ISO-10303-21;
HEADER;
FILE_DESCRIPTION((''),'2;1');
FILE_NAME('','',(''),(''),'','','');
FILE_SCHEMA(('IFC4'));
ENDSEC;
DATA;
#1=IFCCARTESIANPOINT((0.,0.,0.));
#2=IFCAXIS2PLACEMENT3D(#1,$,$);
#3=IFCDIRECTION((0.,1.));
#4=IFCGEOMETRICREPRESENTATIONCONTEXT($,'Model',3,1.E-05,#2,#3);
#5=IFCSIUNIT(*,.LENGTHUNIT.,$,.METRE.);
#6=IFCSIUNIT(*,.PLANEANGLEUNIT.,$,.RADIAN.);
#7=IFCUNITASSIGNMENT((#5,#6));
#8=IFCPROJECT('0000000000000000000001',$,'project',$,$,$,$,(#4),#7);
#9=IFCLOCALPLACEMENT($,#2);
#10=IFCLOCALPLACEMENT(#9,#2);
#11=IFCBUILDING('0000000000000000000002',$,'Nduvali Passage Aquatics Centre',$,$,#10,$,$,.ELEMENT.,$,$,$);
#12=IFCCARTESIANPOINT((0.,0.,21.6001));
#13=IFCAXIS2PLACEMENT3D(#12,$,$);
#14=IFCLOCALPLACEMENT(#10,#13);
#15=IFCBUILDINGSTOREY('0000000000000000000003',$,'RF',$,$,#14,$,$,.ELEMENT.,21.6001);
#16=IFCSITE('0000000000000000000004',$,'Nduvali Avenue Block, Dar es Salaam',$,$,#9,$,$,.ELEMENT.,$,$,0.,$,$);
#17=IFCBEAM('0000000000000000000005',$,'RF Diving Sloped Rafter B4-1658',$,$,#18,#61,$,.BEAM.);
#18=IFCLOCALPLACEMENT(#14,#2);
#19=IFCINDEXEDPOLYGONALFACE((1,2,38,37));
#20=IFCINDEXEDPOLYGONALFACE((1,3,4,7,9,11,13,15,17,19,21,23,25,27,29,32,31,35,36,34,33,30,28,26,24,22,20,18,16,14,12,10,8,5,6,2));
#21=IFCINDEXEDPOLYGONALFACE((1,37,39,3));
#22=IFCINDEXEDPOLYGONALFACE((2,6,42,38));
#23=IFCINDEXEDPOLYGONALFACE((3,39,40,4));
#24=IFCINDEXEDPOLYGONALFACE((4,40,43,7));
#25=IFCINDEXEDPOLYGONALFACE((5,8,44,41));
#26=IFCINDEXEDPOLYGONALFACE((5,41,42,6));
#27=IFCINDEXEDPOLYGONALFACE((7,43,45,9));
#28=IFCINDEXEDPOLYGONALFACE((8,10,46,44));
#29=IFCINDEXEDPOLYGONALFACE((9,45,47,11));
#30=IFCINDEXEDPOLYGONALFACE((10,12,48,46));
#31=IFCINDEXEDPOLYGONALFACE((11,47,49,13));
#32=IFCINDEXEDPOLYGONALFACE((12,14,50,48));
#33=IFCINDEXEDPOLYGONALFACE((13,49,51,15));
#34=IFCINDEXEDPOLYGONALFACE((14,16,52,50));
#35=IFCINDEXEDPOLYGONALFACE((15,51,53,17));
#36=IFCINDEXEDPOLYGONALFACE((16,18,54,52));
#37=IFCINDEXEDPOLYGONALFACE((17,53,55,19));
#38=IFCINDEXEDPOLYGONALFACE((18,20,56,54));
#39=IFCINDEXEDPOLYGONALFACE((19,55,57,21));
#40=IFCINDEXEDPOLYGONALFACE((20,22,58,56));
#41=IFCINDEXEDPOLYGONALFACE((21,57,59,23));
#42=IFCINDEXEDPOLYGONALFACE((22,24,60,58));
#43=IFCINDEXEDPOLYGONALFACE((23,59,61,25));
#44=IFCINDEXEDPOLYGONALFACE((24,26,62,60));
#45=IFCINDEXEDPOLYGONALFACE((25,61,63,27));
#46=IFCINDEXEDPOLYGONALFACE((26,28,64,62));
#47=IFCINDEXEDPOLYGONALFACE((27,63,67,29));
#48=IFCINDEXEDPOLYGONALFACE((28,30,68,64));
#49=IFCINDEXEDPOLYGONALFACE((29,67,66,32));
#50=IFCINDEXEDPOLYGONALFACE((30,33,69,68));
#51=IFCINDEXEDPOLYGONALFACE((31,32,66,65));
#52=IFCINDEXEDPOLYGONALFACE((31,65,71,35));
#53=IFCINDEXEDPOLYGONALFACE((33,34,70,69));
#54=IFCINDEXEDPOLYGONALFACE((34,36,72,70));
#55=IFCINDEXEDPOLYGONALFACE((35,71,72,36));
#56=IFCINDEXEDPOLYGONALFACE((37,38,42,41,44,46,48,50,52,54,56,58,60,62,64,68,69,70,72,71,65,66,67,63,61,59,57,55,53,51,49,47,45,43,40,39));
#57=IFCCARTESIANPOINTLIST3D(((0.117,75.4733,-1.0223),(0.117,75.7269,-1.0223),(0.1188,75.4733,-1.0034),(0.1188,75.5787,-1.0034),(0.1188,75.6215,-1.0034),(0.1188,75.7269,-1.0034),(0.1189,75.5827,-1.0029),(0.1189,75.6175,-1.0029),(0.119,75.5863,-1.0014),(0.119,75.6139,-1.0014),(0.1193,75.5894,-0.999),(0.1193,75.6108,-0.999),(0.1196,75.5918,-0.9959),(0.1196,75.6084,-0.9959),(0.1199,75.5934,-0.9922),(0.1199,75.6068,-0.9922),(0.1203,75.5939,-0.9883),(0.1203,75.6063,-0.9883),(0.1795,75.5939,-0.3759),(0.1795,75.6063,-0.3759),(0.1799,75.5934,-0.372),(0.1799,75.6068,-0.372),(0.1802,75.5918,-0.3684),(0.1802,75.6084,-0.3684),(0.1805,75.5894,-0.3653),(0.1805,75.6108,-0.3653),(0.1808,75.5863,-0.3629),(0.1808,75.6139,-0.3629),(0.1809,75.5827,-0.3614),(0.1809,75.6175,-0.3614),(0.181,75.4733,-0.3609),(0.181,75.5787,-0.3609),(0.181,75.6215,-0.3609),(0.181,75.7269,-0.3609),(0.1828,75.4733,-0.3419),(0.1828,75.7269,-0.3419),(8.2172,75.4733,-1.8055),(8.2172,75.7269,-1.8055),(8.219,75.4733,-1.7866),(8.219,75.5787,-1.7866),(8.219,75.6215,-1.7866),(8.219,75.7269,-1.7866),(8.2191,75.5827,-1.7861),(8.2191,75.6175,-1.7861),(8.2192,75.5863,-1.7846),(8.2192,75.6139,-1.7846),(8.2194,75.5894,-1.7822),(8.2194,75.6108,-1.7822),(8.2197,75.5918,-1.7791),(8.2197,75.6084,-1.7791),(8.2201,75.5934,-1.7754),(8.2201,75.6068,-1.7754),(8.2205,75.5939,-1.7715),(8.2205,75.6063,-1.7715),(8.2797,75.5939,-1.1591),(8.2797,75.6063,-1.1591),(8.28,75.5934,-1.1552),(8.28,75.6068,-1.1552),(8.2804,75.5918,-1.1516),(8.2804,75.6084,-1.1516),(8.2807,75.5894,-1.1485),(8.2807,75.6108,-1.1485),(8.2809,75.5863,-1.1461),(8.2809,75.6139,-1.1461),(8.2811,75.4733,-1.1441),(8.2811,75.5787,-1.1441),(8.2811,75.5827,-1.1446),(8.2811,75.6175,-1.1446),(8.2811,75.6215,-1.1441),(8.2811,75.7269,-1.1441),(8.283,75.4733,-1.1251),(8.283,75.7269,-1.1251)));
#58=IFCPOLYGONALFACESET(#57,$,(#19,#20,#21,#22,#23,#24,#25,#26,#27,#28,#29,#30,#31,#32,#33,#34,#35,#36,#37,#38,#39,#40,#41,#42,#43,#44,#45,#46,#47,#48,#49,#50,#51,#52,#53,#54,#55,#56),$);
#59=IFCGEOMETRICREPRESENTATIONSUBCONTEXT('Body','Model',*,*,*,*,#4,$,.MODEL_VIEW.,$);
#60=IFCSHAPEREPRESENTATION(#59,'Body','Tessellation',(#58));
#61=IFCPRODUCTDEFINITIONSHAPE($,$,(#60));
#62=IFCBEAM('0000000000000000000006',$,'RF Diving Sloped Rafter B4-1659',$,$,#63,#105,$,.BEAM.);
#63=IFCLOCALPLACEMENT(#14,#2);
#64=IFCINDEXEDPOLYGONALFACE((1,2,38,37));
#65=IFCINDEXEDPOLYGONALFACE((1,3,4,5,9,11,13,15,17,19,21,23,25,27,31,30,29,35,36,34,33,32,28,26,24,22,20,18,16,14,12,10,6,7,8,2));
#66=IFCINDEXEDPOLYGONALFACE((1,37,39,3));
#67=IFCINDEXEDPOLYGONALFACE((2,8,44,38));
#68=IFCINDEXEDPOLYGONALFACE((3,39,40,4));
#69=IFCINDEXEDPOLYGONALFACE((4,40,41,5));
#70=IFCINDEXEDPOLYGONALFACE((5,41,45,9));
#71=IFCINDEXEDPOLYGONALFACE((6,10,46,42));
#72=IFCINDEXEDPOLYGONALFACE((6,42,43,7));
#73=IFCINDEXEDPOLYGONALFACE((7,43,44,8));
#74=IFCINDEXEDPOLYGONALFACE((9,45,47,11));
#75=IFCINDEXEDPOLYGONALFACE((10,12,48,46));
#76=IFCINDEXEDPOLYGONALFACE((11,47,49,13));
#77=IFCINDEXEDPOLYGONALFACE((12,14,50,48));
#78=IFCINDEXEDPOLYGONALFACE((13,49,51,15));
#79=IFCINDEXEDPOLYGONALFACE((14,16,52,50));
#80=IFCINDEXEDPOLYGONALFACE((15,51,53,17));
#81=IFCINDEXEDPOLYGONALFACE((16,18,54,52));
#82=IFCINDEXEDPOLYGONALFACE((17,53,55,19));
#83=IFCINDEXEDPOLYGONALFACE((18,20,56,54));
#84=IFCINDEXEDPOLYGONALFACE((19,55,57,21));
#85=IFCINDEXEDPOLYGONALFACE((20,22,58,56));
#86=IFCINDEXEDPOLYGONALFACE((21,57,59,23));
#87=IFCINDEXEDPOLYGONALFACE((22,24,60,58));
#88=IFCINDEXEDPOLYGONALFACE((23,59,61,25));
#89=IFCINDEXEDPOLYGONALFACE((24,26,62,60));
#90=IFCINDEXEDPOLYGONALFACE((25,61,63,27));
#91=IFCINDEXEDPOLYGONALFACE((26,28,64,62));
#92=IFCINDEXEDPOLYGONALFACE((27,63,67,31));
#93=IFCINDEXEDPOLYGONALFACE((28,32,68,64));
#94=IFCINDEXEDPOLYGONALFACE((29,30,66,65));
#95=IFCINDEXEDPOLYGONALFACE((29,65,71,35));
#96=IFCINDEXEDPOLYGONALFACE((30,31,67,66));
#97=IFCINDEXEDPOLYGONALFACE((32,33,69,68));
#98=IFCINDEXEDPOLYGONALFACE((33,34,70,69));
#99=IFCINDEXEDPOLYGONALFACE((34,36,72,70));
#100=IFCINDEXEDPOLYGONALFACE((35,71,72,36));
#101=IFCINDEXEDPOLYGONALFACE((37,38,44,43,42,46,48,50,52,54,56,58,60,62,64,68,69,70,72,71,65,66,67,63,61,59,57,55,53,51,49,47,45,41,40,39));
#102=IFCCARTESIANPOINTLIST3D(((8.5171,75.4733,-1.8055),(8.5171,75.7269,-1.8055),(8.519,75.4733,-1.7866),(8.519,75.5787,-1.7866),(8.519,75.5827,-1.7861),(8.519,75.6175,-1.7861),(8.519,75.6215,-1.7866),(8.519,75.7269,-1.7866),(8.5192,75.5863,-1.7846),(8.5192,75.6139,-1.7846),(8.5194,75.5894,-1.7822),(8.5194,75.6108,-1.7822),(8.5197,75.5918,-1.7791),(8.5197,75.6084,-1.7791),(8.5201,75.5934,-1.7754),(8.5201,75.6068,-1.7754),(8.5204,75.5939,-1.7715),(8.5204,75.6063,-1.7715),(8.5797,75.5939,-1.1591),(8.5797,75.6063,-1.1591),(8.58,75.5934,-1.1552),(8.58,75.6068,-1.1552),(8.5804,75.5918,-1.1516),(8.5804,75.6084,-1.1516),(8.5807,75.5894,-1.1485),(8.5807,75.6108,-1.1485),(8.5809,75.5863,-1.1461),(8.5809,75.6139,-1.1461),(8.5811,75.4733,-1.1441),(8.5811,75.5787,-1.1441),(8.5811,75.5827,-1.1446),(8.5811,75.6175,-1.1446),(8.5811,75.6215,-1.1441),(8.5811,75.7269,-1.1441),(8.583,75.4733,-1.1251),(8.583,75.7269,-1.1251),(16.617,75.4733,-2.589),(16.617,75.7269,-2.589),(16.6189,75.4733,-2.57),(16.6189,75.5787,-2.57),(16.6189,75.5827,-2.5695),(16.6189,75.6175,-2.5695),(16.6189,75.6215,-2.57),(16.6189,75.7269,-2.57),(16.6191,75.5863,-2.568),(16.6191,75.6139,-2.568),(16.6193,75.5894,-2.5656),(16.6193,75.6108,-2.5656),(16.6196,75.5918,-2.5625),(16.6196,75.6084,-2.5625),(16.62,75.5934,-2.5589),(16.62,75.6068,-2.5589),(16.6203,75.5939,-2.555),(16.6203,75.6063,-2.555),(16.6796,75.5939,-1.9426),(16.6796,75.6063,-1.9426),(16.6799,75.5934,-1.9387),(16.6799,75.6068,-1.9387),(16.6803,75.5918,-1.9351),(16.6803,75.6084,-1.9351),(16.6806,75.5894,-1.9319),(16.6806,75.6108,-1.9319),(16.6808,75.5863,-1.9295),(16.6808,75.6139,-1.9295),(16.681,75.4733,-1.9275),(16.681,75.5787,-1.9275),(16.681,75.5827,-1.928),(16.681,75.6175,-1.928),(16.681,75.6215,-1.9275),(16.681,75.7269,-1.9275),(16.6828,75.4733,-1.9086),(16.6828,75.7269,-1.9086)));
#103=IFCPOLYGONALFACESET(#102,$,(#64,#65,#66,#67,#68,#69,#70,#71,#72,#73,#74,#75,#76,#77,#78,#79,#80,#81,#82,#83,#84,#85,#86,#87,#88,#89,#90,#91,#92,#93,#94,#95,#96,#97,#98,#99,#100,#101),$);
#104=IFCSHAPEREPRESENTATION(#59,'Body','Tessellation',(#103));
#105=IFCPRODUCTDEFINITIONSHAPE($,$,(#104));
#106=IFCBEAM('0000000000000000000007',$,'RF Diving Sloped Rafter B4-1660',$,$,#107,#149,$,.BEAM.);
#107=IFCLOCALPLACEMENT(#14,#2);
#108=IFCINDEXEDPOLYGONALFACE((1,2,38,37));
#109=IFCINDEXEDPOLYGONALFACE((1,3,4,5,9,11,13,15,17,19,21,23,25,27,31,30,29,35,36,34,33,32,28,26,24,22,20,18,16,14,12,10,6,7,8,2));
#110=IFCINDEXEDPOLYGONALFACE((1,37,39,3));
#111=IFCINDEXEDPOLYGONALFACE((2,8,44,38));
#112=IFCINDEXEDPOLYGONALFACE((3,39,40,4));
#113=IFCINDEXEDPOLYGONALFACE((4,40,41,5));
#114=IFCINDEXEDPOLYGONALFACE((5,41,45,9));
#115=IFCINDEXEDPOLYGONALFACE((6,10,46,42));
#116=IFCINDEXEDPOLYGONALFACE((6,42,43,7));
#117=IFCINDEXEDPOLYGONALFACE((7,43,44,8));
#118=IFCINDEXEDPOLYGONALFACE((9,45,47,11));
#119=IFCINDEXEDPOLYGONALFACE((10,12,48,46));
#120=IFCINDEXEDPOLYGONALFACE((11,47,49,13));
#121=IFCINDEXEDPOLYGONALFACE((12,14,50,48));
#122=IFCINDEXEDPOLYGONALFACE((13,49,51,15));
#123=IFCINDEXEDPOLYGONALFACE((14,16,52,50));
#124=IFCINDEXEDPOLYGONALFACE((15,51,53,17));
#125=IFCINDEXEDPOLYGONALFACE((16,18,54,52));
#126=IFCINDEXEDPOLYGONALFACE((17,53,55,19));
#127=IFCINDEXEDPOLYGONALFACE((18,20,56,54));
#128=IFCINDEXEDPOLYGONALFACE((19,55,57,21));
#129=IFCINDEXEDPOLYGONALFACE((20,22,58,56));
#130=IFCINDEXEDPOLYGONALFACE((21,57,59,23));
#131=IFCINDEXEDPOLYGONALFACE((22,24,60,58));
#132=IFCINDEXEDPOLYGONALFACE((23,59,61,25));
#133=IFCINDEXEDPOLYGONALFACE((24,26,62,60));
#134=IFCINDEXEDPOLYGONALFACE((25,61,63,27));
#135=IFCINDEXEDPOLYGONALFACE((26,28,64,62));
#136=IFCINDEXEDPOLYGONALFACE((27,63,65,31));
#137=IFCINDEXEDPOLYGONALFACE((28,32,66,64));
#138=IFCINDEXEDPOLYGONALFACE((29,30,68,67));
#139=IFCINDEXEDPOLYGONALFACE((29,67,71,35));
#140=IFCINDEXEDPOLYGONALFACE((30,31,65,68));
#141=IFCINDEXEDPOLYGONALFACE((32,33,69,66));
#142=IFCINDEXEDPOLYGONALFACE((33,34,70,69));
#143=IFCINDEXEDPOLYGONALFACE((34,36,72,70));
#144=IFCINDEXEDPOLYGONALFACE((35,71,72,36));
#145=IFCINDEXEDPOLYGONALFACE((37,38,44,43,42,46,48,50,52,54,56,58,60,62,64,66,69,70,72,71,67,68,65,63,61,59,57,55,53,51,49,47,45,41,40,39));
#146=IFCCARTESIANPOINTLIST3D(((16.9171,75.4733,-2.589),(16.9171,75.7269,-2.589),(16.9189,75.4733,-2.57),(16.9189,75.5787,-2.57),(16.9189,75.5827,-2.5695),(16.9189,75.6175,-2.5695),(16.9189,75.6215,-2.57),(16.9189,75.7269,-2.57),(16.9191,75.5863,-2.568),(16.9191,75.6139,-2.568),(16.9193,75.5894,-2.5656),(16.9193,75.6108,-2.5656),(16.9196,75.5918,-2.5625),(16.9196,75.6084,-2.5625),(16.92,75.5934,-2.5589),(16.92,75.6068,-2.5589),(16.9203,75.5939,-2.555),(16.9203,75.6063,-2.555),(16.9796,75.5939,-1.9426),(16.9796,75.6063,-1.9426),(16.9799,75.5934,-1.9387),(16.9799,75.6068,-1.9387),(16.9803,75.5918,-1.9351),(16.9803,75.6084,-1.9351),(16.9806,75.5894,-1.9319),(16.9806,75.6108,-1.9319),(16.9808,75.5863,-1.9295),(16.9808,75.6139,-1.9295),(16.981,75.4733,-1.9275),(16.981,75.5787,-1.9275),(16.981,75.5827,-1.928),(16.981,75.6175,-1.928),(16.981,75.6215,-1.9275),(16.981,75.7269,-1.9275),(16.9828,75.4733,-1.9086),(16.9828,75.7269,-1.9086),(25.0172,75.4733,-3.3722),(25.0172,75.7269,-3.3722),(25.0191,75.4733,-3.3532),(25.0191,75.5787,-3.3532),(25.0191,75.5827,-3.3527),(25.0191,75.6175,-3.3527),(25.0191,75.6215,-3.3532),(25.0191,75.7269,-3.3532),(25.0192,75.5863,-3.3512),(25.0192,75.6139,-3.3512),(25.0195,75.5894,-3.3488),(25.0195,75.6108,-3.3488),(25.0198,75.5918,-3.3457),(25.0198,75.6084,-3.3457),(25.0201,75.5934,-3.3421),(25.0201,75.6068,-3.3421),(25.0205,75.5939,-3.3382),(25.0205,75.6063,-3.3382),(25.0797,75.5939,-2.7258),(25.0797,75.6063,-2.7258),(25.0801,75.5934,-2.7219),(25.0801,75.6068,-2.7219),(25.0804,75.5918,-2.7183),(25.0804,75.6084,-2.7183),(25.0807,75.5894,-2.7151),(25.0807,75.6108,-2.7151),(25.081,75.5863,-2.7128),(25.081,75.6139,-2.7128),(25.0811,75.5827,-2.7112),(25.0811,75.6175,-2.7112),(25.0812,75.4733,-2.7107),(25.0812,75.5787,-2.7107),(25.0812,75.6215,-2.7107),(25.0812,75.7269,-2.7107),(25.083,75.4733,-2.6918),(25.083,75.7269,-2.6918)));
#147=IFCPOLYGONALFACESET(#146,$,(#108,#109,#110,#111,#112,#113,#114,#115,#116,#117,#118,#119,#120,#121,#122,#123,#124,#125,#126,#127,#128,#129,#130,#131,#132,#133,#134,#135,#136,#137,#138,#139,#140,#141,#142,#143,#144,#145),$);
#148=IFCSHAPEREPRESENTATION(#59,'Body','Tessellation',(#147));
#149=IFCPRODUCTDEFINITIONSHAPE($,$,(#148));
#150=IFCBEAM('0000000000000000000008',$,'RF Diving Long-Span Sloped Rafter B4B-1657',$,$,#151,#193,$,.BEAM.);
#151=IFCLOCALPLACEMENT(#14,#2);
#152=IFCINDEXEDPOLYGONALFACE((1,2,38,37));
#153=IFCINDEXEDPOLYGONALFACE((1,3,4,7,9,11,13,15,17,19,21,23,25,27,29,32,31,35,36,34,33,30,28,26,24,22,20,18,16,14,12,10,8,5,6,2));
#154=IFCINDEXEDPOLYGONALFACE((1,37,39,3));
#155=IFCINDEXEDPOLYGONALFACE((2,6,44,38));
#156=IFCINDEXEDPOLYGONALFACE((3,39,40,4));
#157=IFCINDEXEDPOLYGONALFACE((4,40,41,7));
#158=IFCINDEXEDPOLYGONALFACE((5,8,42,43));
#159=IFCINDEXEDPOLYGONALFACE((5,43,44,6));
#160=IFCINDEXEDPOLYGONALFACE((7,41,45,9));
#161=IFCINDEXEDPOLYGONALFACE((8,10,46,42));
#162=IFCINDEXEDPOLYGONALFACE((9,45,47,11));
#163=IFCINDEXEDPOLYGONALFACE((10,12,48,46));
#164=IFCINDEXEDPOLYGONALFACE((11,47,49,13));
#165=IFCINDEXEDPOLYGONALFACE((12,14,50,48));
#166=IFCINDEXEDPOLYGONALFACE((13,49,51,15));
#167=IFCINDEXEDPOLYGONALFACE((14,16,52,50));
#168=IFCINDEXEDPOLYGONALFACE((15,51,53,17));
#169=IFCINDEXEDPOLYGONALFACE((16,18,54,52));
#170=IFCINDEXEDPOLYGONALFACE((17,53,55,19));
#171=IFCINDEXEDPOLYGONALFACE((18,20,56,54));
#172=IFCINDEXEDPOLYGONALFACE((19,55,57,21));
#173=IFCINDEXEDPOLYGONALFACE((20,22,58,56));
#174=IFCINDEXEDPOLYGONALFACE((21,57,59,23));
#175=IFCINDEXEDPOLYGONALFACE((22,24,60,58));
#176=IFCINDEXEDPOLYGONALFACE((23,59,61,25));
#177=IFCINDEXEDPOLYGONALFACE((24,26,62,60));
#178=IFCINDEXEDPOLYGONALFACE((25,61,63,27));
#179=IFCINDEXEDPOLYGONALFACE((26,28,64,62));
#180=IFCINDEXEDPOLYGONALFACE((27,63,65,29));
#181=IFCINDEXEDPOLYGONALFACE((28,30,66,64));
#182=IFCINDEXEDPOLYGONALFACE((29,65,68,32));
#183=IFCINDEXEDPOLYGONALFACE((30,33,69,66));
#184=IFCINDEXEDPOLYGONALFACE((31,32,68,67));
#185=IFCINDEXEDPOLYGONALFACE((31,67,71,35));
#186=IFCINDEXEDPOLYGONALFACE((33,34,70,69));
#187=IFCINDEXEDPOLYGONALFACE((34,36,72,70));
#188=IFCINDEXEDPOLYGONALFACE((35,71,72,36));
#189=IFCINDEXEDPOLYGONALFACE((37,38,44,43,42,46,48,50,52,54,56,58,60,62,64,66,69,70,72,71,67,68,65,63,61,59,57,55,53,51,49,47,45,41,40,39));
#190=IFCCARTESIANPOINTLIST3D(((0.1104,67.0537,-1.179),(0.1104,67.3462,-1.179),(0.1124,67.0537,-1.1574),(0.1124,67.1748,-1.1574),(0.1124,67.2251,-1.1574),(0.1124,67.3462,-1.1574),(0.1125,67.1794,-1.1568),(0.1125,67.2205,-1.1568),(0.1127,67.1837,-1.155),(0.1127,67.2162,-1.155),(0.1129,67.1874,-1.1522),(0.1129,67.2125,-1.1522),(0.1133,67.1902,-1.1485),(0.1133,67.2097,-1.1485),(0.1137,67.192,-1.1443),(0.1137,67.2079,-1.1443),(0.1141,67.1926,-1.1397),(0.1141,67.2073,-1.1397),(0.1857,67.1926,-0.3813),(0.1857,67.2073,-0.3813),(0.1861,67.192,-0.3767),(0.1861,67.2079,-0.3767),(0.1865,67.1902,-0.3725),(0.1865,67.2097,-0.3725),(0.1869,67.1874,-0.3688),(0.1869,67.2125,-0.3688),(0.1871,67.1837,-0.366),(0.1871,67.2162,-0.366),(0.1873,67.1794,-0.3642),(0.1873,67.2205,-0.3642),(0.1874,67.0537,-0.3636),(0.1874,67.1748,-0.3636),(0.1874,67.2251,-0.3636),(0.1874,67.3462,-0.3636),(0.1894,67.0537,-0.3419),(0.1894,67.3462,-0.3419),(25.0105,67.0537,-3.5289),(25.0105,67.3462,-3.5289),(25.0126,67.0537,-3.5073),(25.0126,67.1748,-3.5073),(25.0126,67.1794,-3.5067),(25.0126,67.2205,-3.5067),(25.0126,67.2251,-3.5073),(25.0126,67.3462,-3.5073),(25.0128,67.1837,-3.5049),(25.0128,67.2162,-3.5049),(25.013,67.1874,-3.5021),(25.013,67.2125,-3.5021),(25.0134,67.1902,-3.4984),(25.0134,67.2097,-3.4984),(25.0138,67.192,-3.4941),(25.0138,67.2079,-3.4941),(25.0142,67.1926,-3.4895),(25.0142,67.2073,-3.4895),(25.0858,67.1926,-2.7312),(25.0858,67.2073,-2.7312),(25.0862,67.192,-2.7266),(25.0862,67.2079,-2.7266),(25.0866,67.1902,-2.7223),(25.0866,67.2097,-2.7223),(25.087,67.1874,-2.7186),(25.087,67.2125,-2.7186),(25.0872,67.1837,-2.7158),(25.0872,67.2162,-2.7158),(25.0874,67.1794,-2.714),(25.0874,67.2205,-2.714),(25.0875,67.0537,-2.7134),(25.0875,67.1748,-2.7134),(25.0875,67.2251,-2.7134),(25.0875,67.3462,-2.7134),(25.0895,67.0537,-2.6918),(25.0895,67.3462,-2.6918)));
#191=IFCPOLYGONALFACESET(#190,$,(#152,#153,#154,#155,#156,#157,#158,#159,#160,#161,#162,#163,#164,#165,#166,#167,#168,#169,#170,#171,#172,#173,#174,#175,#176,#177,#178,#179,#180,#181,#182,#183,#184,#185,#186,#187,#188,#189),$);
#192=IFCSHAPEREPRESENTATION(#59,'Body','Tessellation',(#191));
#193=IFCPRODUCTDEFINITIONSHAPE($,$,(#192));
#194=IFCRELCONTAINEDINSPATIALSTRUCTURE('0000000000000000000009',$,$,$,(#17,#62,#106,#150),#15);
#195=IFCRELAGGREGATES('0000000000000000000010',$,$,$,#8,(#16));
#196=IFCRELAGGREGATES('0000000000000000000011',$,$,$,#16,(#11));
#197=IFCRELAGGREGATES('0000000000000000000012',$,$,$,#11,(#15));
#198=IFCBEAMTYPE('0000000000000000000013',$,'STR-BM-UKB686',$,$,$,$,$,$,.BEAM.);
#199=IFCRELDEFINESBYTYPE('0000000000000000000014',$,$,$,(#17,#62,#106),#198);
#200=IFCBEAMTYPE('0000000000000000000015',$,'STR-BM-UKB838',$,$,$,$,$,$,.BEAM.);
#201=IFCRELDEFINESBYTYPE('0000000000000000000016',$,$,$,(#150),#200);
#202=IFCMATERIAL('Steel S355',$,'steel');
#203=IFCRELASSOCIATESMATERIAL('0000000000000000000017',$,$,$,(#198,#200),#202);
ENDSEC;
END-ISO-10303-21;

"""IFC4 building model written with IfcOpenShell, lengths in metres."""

from ifc_helpers import new_model, si_unit, direction, frame, origin, origin_2d, place, context, subcontext, project, spatial, i_section, extrude, material, material_profile, profile_set, type_object, element, save


model = new_model("IFC4")

# Units and contexts
model_context = context("Model", 3, precision=1e-05, world=origin(), true_north=direction((0.0, 1.0)))
body_context = subcontext(model_context, "Body", "Model", "MODEL_VIEW")
ifc_project = project(units=[si_unit("LENGTHUNIT", "METRE"), si_unit("PLANEANGLEUNIT", "RADIAN")], contexts=[model_context])

# Site, building, storey
site_placement = place(None, origin())
site = spatial("IfcSite", under=ifc_project, at=site_placement, Name="Nduvali Avenue Block, Dar es Salaam", CompositionType="ELEMENT", RefElevation=0.0)
building_placement = place(site_placement, origin())
building = spatial("IfcBuilding", under=site, at=building_placement, Name="Nduvali Passage Aquatics Centre", CompositionType="ELEMENT")
storey_placement = place(building_placement, frame((0.0, 0.0, 21.6001)))
storey = spatial("IfcBuildingStorey", under=building, at=storey_placement, Name="RF", CompositionType="ELEMENT", Elevation=21.6001)

# Beams
ifc_material_1 = material(Name="Steel S355", Category="steel")
ifc_material_profile_1 = material_profile(ifc_material_1, i_section(OverallWidth=0.2537, OverallDepth=0.6836, WebThickness=0.0125, FlangeThickness=0.019, FilletRadius=0.0151, at=origin_2d()), Name="UKB 686x254x140")
ifc_profile_set_1 = profile_set([ifc_material_profile_1], Name="Steel S355")
beam_type_1 = type_object("IfcBeamType", Name="STR-BM-UKB686", PredefinedType="BEAM", material=ifc_profile_set_1)
beam_1_placement = place(storey_placement, frame((0.1499, 75.6001, -0.6821), z_axis=(0.995358, 0.0, -0.096242), x_axis=(0.0, 1.0, 0.0)))
element("IfcBeam", 1, at=beam_1_placement, inside=storey, type_object=beam_type_1, Name="RF Diving Sloped Rafter B4-1658", PredefinedType="BEAM", context=body_context, shape_type="SweptSolid", body=[
    extrude(i_section(OverallWidth=0.2537, OverallDepth=0.6836, WebThickness=0.0125, FlangeThickness=0.019, FilletRadius=0.0151, at=origin_2d()), origin(), (0.0, 0.0, 1.0), 8.1379),
])
beam_2_placement = place(storey_placement, frame((8.55, 75.6001, -1.4653), z_axis=(0.995355, 0.0, -0.096274), x_axis=(0.0, 1.0, 0.0)))
element("IfcBeam", 2, at=beam_2_placement, inside=storey, type_object=beam_type_1, Name="RF Diving Sloped Rafter B4-1659", PredefinedType="BEAM", context=body_context, shape_type="SweptSolid", body=[
    extrude(i_section(OverallWidth=0.2537, OverallDepth=0.6836, WebThickness=0.0125, FlangeThickness=0.019, FilletRadius=0.0151, at=origin_2d()), origin(), (0.0, 0.0, 1.0), 8.1377),
])
beam_3_placement = place(storey_placement, frame((16.95, 75.6001, -2.2488), z_axis=(0.995358, 0.0, -0.096242), x_axis=(0.0, 1.0, 0.0)))
element("IfcBeam", 3, at=beam_3_placement, inside=storey, type_object=beam_type_1, Name="RF Diving Sloped Rafter B4-1660", PredefinedType="BEAM", context=body_context, shape_type="SweptSolid", body=[
    extrude(i_section(OverallWidth=0.2537, OverallDepth=0.6836, WebThickness=0.0125, FlangeThickness=0.019, FilletRadius=0.0151, at=origin_2d()), origin(), (0.0, 0.0, 1.0), 8.1379),
])
ifc_material_profile_2 = material_profile(ifc_material_1, i_section(OverallWidth=0.2925, OverallDepth=0.8408, WebThickness=0.0146, FlangeThickness=0.0217, FilletRadius=0.0178, at=origin_2d()), Name="UKB 838x292x194")
ifc_profile_set_2 = profile_set([ifc_material_profile_2], Name="Steel S355")
beam_type_2 = type_object("IfcBeamType", Name="STR-BM-UKB838", PredefinedType="BEAM", material=ifc_profile_set_2)
beam_4_placement = place(storey_placement, frame((0.1499, 67.2, -0.7605), z_axis=(0.995577, 0.0, -0.093954), x_axis=(0.0, 1.0, 0.0)))
element("IfcBeam", 4, at=beam_4_placement, inside=storey, type_object=beam_type_2, Name="RF Diving Long-Span Sloped Rafter B4B-1657", PredefinedType="BEAM", context=body_context, shape_type="SweptSolid", body=[
    extrude(i_section(OverallWidth=0.2925, OverallDepth=0.8408, WebThickness=0.0146, FlangeThickness=0.0217, FilletRadius=0.0178, at=origin_2d()), origin(), (0.0, 0.0, 1.0), 25.0107),
])

save(model, "model.ifc")
